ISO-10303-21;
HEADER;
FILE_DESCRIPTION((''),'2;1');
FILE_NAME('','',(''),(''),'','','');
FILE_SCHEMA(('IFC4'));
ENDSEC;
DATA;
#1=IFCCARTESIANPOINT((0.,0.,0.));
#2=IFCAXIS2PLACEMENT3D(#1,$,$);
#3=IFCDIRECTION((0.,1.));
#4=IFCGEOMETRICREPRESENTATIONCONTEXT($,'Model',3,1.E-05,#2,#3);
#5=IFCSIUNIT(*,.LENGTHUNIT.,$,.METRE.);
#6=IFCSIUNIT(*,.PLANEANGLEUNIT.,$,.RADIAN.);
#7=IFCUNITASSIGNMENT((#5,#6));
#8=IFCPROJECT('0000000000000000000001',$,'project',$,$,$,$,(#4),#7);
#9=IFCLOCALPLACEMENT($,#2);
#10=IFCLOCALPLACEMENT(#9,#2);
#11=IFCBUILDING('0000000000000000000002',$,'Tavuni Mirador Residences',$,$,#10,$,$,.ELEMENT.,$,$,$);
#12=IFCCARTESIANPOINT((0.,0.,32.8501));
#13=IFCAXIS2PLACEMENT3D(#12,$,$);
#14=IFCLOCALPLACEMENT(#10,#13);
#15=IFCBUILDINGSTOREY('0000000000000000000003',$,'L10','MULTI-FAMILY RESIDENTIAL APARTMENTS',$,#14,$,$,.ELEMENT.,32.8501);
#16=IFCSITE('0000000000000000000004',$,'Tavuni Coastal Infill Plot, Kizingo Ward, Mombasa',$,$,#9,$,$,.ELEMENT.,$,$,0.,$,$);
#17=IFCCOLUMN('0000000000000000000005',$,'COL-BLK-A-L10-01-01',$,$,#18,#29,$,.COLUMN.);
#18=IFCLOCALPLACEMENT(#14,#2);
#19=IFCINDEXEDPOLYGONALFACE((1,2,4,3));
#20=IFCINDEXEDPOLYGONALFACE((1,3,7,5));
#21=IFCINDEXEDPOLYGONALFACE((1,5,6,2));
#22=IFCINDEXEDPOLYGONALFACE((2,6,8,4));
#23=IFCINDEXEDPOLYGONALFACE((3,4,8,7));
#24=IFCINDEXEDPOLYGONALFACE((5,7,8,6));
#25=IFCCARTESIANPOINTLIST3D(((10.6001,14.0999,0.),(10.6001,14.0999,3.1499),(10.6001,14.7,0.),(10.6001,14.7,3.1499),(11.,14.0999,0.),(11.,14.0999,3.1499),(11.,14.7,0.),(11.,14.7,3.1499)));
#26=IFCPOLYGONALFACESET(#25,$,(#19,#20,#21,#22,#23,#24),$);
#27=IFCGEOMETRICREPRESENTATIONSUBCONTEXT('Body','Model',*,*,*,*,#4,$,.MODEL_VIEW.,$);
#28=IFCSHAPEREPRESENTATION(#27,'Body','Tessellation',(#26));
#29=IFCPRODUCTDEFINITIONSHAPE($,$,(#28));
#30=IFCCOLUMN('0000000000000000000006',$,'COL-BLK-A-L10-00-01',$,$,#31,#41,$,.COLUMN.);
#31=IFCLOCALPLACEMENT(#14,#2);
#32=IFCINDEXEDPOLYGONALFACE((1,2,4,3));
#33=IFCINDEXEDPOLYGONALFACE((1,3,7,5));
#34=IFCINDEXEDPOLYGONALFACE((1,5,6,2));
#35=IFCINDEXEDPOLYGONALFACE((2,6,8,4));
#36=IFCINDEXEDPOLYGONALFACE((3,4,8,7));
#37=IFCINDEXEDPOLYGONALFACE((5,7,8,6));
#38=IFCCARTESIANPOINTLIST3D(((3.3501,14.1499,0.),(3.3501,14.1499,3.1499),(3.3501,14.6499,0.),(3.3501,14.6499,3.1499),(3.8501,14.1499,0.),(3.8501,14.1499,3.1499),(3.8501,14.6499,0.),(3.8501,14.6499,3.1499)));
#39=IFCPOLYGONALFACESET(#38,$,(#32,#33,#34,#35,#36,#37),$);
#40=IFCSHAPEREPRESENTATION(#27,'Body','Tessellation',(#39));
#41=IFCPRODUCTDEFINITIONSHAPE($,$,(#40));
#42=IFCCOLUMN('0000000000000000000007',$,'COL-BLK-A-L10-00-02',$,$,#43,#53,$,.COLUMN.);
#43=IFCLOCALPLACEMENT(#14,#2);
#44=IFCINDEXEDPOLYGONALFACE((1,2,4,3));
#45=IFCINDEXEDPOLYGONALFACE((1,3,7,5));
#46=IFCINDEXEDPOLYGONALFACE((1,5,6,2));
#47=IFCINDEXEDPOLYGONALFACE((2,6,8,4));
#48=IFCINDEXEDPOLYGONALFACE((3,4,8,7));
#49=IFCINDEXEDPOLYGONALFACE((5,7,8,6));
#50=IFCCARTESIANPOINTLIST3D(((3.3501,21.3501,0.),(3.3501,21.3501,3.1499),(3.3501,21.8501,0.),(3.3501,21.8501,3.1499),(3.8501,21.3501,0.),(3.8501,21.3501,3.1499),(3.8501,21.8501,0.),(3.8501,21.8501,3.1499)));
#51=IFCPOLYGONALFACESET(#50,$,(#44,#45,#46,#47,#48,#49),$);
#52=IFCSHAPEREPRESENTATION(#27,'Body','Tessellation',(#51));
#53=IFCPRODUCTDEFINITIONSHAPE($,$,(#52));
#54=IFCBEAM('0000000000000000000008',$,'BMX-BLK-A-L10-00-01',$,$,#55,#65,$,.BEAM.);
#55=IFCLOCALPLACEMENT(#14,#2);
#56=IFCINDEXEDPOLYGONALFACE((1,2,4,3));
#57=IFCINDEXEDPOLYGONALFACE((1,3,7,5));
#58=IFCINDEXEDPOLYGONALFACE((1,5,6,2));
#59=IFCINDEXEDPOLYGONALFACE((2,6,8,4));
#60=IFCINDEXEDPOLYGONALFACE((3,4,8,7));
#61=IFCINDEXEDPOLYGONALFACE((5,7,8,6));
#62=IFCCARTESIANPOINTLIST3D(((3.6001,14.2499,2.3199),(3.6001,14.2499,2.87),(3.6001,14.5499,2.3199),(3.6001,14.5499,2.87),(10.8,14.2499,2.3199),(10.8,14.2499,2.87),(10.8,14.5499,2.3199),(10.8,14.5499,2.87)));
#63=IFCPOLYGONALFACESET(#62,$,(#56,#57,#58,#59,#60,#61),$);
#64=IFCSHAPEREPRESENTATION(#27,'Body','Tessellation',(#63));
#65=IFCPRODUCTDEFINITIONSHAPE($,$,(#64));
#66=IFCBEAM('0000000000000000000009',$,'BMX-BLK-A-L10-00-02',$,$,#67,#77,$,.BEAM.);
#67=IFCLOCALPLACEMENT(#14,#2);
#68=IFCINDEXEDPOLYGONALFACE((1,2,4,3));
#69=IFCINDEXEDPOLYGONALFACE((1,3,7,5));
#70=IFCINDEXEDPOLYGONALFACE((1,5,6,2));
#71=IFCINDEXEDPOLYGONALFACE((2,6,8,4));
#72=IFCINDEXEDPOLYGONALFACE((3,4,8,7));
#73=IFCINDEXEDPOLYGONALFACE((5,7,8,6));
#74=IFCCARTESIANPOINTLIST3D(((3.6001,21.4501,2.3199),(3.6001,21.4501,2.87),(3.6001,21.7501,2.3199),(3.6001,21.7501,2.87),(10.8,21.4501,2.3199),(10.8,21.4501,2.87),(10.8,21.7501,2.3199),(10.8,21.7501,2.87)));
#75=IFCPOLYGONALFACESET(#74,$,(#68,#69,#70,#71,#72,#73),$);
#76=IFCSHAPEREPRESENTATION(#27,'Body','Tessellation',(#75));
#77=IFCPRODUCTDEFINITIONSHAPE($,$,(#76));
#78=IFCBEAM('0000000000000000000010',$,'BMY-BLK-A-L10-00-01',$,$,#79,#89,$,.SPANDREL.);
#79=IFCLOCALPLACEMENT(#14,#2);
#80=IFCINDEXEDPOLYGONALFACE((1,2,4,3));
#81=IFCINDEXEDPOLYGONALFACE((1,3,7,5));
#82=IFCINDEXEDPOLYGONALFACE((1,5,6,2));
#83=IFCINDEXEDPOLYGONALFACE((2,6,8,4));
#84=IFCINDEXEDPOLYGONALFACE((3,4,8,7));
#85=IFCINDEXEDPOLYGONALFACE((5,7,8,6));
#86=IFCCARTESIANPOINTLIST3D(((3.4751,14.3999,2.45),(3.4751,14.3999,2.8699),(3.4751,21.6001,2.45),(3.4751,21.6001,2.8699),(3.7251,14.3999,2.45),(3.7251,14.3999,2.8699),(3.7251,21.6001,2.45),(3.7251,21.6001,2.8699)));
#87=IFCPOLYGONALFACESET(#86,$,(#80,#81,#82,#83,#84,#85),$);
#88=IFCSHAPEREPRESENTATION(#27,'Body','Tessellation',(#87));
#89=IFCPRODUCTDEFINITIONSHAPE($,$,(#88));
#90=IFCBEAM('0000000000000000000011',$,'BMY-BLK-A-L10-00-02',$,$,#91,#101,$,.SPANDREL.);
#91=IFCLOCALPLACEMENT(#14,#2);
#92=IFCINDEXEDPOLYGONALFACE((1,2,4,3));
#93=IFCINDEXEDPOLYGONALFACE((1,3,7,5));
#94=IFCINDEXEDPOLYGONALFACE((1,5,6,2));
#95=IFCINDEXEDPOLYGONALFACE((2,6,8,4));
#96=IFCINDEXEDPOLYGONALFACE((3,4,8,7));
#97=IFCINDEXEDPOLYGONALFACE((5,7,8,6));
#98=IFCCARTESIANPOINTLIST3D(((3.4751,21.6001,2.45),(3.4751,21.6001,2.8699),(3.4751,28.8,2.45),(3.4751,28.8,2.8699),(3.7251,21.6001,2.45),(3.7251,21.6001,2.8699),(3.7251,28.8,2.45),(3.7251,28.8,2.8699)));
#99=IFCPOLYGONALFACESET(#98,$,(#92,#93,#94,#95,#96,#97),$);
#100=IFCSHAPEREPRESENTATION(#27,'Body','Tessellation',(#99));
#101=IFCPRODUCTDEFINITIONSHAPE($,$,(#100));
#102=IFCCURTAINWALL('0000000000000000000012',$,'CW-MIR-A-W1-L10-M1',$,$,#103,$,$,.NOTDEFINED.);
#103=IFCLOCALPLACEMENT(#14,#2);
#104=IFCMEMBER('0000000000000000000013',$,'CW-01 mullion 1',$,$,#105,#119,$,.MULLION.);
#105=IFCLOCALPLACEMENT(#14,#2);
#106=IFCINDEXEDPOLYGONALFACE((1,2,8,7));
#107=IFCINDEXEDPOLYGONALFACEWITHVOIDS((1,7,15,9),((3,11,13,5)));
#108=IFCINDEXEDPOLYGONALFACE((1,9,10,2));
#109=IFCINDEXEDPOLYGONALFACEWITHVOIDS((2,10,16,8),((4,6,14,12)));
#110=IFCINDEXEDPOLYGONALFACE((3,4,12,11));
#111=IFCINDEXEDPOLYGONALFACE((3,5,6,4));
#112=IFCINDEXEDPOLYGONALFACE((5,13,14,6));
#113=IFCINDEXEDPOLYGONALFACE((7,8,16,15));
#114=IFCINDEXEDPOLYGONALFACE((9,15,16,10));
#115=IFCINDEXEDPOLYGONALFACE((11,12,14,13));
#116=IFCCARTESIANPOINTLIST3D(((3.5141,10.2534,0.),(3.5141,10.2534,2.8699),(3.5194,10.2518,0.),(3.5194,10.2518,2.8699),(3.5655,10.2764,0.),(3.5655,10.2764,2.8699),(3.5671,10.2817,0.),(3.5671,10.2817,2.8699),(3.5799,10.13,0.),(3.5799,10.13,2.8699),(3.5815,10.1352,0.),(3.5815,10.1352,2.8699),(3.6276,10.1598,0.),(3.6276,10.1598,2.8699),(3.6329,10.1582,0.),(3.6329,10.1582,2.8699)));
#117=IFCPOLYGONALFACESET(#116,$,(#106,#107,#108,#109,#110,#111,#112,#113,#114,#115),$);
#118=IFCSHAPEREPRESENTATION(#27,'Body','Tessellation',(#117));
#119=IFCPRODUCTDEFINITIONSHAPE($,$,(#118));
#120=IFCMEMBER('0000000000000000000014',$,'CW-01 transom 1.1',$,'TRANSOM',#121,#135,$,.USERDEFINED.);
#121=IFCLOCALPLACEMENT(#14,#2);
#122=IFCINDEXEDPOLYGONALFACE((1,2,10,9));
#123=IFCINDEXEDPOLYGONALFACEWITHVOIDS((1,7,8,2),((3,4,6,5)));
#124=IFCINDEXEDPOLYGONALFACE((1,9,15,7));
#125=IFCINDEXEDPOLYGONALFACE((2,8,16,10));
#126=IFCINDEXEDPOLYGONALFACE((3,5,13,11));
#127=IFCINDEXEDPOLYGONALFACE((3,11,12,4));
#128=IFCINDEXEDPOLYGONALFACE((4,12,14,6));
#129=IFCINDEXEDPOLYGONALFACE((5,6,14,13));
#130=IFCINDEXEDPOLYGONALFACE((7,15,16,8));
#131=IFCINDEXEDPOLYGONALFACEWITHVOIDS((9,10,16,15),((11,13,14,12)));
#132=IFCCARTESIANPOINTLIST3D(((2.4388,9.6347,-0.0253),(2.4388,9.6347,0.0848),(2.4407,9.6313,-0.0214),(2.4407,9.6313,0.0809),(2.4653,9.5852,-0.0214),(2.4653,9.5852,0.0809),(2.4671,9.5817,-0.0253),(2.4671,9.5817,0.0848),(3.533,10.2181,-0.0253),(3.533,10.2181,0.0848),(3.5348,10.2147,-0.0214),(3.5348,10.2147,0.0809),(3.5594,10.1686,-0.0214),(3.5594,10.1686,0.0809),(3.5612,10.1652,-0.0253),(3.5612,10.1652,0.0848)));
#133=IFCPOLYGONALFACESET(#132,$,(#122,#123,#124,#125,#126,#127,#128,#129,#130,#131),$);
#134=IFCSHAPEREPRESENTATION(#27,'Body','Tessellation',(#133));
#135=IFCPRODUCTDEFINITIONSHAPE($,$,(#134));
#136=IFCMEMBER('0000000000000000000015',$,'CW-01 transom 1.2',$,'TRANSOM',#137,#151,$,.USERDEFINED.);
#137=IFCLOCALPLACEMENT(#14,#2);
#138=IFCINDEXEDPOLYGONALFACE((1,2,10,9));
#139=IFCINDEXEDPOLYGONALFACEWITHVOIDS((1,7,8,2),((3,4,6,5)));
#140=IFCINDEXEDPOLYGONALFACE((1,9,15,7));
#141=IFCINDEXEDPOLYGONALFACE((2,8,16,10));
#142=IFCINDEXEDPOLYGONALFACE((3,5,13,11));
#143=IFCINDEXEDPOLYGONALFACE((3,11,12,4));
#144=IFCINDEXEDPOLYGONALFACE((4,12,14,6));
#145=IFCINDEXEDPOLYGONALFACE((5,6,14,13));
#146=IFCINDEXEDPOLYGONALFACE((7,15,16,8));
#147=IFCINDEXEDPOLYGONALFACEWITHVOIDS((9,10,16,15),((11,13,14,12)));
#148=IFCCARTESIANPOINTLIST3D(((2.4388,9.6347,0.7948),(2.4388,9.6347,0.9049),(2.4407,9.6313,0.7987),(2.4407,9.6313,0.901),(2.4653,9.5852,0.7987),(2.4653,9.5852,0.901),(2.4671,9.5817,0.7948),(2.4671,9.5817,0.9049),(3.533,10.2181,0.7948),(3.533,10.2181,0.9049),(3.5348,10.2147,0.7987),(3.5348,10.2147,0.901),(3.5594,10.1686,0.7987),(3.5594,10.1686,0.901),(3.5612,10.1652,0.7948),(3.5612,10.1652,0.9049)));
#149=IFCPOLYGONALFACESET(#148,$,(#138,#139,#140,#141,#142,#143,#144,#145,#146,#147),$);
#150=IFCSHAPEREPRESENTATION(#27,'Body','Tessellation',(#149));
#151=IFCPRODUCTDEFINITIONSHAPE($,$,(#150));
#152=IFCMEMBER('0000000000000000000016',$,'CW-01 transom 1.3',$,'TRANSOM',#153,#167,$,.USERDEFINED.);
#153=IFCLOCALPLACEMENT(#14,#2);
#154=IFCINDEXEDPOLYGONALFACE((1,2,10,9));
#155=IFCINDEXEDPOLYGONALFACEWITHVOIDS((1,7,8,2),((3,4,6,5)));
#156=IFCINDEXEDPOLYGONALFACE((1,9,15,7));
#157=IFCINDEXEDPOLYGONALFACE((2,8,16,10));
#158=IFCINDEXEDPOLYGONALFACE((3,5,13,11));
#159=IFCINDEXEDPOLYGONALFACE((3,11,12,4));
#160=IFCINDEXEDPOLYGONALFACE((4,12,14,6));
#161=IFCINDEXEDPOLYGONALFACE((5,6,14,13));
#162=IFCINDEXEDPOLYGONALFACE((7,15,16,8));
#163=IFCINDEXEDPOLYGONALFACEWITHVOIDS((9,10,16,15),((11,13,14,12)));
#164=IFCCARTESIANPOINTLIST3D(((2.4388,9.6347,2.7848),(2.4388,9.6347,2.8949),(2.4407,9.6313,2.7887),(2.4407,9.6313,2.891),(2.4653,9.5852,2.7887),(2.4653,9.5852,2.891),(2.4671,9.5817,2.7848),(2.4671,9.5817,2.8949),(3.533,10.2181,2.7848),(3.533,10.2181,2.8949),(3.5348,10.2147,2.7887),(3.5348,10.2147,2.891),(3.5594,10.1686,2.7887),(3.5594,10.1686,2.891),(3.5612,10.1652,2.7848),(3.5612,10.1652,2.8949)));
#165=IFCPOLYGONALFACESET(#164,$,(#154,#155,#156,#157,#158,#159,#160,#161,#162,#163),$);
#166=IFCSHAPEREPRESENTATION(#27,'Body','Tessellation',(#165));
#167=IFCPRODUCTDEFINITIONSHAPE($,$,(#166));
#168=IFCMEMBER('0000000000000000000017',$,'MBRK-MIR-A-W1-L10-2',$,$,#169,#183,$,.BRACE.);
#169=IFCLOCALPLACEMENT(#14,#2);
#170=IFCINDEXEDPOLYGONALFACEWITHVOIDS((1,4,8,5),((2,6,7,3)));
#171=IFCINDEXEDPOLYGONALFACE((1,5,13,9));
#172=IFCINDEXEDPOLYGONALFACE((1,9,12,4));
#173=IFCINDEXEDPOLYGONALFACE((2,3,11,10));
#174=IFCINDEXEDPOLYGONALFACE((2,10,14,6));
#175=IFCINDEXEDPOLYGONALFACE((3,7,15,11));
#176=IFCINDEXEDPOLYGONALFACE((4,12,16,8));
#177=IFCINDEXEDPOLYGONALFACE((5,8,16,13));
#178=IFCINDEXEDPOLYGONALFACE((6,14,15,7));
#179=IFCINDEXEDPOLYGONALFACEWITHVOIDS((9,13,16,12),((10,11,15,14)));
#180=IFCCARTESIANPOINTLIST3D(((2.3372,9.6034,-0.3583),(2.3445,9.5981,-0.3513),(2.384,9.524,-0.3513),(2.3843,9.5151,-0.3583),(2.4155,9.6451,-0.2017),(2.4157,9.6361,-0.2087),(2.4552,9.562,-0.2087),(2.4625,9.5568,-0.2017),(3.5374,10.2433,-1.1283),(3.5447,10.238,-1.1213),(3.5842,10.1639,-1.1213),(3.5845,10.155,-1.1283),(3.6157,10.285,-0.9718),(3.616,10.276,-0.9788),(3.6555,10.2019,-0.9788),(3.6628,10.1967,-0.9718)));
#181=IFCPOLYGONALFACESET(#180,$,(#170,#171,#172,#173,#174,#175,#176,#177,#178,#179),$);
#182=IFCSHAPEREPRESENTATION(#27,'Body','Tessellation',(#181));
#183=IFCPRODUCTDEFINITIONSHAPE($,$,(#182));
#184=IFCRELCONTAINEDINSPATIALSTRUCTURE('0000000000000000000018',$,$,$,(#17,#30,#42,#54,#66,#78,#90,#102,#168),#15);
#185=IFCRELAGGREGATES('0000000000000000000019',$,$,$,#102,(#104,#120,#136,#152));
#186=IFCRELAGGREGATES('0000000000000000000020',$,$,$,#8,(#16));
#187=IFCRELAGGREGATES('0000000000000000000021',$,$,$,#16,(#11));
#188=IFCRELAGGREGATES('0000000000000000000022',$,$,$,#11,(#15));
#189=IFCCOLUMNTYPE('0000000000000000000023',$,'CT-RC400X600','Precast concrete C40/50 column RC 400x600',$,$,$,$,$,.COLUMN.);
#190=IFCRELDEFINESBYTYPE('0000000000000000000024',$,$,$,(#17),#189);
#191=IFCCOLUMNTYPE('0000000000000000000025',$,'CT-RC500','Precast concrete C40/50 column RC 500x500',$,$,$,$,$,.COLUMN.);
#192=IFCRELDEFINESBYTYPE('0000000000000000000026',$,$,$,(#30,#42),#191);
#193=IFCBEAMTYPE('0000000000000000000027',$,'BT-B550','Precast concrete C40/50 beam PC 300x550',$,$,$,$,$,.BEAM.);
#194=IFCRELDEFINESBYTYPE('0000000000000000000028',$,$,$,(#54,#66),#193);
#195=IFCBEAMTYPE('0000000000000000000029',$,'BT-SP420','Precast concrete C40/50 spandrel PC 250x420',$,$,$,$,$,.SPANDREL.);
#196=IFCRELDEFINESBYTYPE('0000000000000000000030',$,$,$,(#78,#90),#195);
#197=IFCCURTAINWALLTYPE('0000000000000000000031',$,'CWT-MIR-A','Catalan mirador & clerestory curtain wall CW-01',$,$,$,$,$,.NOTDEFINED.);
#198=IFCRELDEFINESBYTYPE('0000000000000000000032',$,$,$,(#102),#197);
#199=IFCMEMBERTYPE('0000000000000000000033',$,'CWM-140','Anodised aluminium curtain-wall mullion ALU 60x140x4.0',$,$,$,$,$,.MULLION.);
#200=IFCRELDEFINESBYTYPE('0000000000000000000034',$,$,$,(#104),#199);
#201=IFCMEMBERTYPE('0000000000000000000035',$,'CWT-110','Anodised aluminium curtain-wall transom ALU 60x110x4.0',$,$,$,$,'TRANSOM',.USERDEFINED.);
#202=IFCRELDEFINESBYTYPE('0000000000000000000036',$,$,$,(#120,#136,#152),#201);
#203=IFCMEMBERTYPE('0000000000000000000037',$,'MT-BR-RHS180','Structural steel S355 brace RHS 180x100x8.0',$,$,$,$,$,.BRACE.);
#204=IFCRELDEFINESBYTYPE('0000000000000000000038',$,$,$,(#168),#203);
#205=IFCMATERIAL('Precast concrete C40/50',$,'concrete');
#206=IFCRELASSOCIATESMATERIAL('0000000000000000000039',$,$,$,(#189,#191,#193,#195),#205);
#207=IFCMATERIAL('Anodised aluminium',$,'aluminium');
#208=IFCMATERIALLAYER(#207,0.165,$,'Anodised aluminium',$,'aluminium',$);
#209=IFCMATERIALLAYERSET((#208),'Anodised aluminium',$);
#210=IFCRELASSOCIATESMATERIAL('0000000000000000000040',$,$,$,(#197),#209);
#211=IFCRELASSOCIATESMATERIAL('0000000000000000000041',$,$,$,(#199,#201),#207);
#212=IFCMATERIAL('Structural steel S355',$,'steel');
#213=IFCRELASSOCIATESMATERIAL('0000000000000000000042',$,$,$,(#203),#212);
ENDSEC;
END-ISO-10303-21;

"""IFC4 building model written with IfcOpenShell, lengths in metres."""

from ifc_helpers import new_model, si_unit, direction, frame, origin, origin_2d, place, context, subcontext, project, spatial, rectangle, hollow_rectangle, extrude, material, layer, layer_set, material_profile, profile_set, type_object, element, aggregate, save


model = new_model("IFC4")

# Units and contexts
model_context = context("Model", 3, precision=1e-05, world=origin(), true_north=direction((0.0, 1.0)))
body_context = subcontext(model_context, "Body", "Model", "MODEL_VIEW")
ifc_project = project(units=[si_unit("LENGTHUNIT", "METRE"), si_unit("PLANEANGLEUNIT", "RADIAN")], contexts=[model_context])

# Site, building, storey
site_placement = place(None, origin())
site = spatial("IfcSite", under=ifc_project, at=site_placement, Name="Tavuni Coastal Infill Plot, Kizingo Ward, Mombasa", CompositionType="ELEMENT", RefElevation=0.0)
building_placement = place(site_placement, origin())
building = spatial("IfcBuilding", under=site, at=building_placement, Name="Tavuni Mirador Residences", CompositionType="ELEMENT")
storey_placement = place(building_placement, frame((0.0, 0.0, 32.8501)))
storey = spatial("IfcBuildingStorey", under=building, at=storey_placement, Name="L10", Description="MULTI-FAMILY RESIDENTIAL APARTMENTS", CompositionType="ELEMENT", Elevation=32.8501)

# Columns
ifc_material_1 = material(Name="Precast concrete C40/50", Category="concrete")
ifc_material_profile_1 = material_profile(ifc_material_1, rectangle(XDim=0.3999, YDim=0.6001, at=origin_2d()), Name="RC 400x600", Category="concrete")
ifc_profile_set_1 = profile_set([ifc_material_profile_1], Name="Precast concrete C40/50")
column_type_1 = type_object("IfcColumnType", Name="CT-RC400X600", Description="Precast concrete C40/50 column RC 400x600", PredefinedType="COLUMN", material=ifc_profile_set_1)
column_placement = place(storey_placement, frame((10.8, 14.3999, 0.0), z_axis=(0.0, 0.0, 1.0), x_axis=(1.0, 0.0, 0.0)))
element("IfcColumn", 1, at=column_placement, inside=storey, type_object=column_type_1, Name="COL-BLK-A-L10-01-01", PredefinedType="COLUMN", context=body_context, shape_type="SweptSolid", body=[
    extrude(rectangle(XDim=0.3999, YDim=0.6001, at=origin_2d()), origin(), (0.0, 0.0, 1.0), 3.1499),
])
ifc_material_profile_2 = material_profile(ifc_material_1, rectangle(XDim=0.5, YDim=0.5, at=origin_2d()), Name="RC 500x500", Category="concrete")
ifc_profile_set_2 = profile_set([ifc_material_profile_2], Name="Precast concrete C40/50")
column_type_2 = type_object("IfcColumnType", Name="CT-RC500", Description="Precast concrete C40/50 column RC 500x500", PredefinedType="COLUMN", material=ifc_profile_set_2)
for number, where, z_axis, x_axis, name in (
    (2, (3.6001, 14.3999, 0.0), (0.0, 0.0, 1.0), (1.0, 0.0, 0.0), "COL-BLK-A-L10-00-01"),
    (3, (3.6001, 21.6001, 0.0), (0.0, 0.0, 1.0), (1.0, 0.0, 0.0), "COL-BLK-A-L10-00-02"),
):
    element("IfcColumn", number, at=place(storey_placement, frame(where, z_axis=z_axis, x_axis=x_axis)), inside=storey, type_object=column_type_2, Name=name, PredefinedType="COLUMN", context=body_context, shape_type="SweptSolid", body=[
        extrude(rectangle(XDim=0.5, YDim=0.5, at=origin_2d()), origin(), (0.0, 0.0, 1.0), 3.1499),
    ])

# Beams
ifc_material_profile_3 = material_profile(ifc_material_1, rectangle(XDim=0.3, YDim=0.55, at=origin_2d()), Name="PC 300x550", Category="concrete")
ifc_profile_set_3 = profile_set([ifc_material_profile_3], Name="Precast concrete C40/50")
beam_type_1 = type_object("IfcBeamType", Name="BT-B550", Description="Precast concrete C40/50 beam PC 300x550", PredefinedType="BEAM", material=ifc_profile_set_3)
for number, where, z_axis, x_axis, name in (
    (4, (3.6001, 14.3999, 2.595), (1.0, 0.0, 0.0), (0.0, 1.0, 0.0), "BMX-BLK-A-L10-00-01"),
    (5, (3.6001, 21.6001, 2.595), (1.0, 0.0, 0.0), (0.0, 1.0, 0.0), "BMX-BLK-A-L10-00-02"),
):
    element("IfcBeam", number, at=place(storey_placement, frame(where, z_axis=z_axis, x_axis=x_axis)), inside=storey, type_object=beam_type_1, Name=name, PredefinedType="BEAM", context=body_context, shape_type="SweptSolid", body=[
        extrude(rectangle(XDim=0.3, YDim=0.55, at=origin_2d()), origin(), (0.0, 0.0, 1.0), 7.2),
    ])
ifc_material_profile_4 = material_profile(ifc_material_1, rectangle(XDim=0.25, YDim=0.4199, at=origin_2d()), Name="PC 250x420", Category="concrete")
ifc_profile_set_4 = profile_set([ifc_material_profile_4], Name="Precast concrete C40/50")
beam_type_2 = type_object("IfcBeamType", Name="BT-SP420", Description="Precast concrete C40/50 spandrel PC 250x420", PredefinedType="SPANDREL", material=ifc_profile_set_4)
beam_1_placement = place(storey_placement, frame((3.6001, 14.3999, 2.6599), z_axis=(0.0, 1.0, 0.0), x_axis=(-1.0, 0.0, 0.0)))
element("IfcBeam", 6, at=beam_1_placement, inside=storey, type_object=beam_type_2, Name="BMY-BLK-A-L10-00-01", PredefinedType="SPANDREL", context=body_context, shape_type="SweptSolid", body=[
    extrude(rectangle(XDim=0.25, YDim=0.4199, at=origin_2d()), origin(), (0.0, 0.0, 1.0), 7.2002),
])
beam_2_placement = place(storey_placement, frame((3.6001, 21.6001, 2.6599), z_axis=(0.0, 1.0, 0.0), x_axis=(-1.0, 0.0, 0.0)))
element("IfcBeam", 7, at=beam_2_placement, inside=storey, type_object=beam_type_2, Name="BMY-BLK-A-L10-00-02", PredefinedType="SPANDREL", context=body_context, shape_type="SweptSolid", body=[
    extrude(rectangle(XDim=0.25, YDim=0.4199, at=origin_2d()), origin(), (0.0, 0.0, 1.0), 7.2),
])

# Curtain wall, members
ifc_material_2 = material(Name="Anodised aluminium", Category="aluminium")
ifc_layer_1 = layer(ifc_material_2, 0.165, Name="Anodised aluminium", Category="aluminium")
ifc_layer_set_1 = layer_set([ifc_layer_1], Name="Anodised aluminium")
curtain_wall_type = type_object("IfcCurtainWallType", Name="CWT-MIR-A", Description="Catalan mirador & clerestory curtain wall CW-01", PredefinedType="NOTDEFINED", material=ifc_layer_set_1)
curtain_wall_placement = place(storey_placement, origin())
curtain_wall = element("IfcCurtainWall", 8, at=curtain_wall_placement, inside=storey, type_object=curtain_wall_type, Name="CW-MIR-A-W1-L10-M1", PredefinedType="NOTDEFINED")
ifc_material_profile_5 = material_profile(ifc_material_2, hollow_rectangle(XDim=0.0601, YDim=0.1399, WallThickness=0.0039, at=origin_2d()), Name="ALU 60x140x4.0", Category="aluminium")
ifc_profile_set_5 = profile_set([ifc_material_profile_5], Name="Anodised aluminium")
member_type_1 = type_object("IfcMemberType", Name="CWM-140", Description="Anodised aluminium curtain-wall mullion ALU 60x140x4.0", PredefinedType="MULLION", material=ifc_profile_set_5)
member_1_placement = place(storey_placement, frame((3.5735, 10.2058, 0.0), z_axis=(0.0, 0.0, 1.0), x_axis=(-0.882353, -0.470588, 0.0)))
member_1 = element("IfcMember", 9, at=member_1_placement, type_object=member_type_1, Name="CW-01 mullion 1", PredefinedType="MULLION", context=body_context, shape_type="SweptSolid", body=[
    extrude(hollow_rectangle(XDim=0.0601, YDim=0.1399, WallThickness=0.0039, at=origin_2d()), origin(), (0.0, 0.0, 1.0), 2.8699),
])
ifc_material_profile_6 = material_profile(ifc_material_2, hollow_rectangle(XDim=0.0601, YDim=0.1101, WallThickness=0.0039, at=origin_2d()), Name="ALU 60x110x4.0", Category="aluminium")
ifc_profile_set_6 = profile_set([ifc_material_profile_6], Name="Anodised aluminium")
member_type_2 = type_object("IfcMemberType", Name="CWT-110", Description="Anodised aluminium curtain-wall transom ALU 60x110x4.0", ElementType="TRANSOM", PredefinedType="USERDEFINED", material=ifc_profile_set_6)
member_2_placement = place(storey_placement, frame((3.5471, 10.1917, 0.0298), z_axis=(-0.882386, -0.470527, 0.0), x_axis=(0.470527, -0.882386, 0.0)))
member_2 = element("IfcMember", 10, at=member_2_placement, type_object=member_type_2, Name="CW-01 transom 1.1", ObjectType="TRANSOM", PredefinedType="USERDEFINED", context=body_context, shape_type="SweptSolid", body=[
    extrude(hollow_rectangle(XDim=0.0601, YDim=0.1101, WallThickness=0.0039, at=origin_2d()), origin(), (0.0, 0.0, 1.0), 1.24),
])
member_3_placement = place(storey_placement, frame((3.5471, 10.1917, 0.8499), z_axis=(-0.882386, -0.470527, 0.0), x_axis=(0.470527, -0.882386, 0.0)))
member_3 = element("IfcMember", 11, at=member_3_placement, type_object=member_type_2, Name="CW-01 transom 1.2", ObjectType="TRANSOM", PredefinedType="USERDEFINED", context=body_context, shape_type="SweptSolid", body=[
    extrude(hollow_rectangle(XDim=0.0601, YDim=0.1101, WallThickness=0.0039, at=origin_2d()), origin(), (0.0, 0.0, 1.0), 1.24),
])
member_4_placement = place(storey_placement, frame((3.5471, 10.1917, 2.8398), z_axis=(-0.882386, -0.470527, 0.0), x_axis=(0.470527, -0.882386, 0.0)))
member_4 = element("IfcMember", 12, at=member_4_placement, type_object=member_type_2, Name="CW-01 transom 1.3", ObjectType="TRANSOM", PredefinedType="USERDEFINED", context=body_context, shape_type="SweptSolid", body=[
    extrude(hollow_rectangle(XDim=0.0601, YDim=0.1101, WallThickness=0.0039, at=origin_2d()), origin(), (0.0, 0.0, 1.0), 1.24),
])

# Member
ifc_material_3 = material(Name="Structural steel S355", Category="steel")
ifc_material_profile_7 = material_profile(ifc_material_3, hollow_rectangle(XDim=0.1001, YDim=0.1799, WallThickness=0.0081, at=origin_2d()), Name="RHS 180x100x8.0", Category="steel")
ifc_profile_set_7 = profile_set([ifc_material_profile_7], Name="Structural steel S355")
member_type_3 = type_object("IfcMemberType", Name="MT-BR-RHS180", Description="Structural steel S355 brace RHS 180x100x8.0", PredefinedType="BRACE", material=ifc_profile_set_7)
member_5_placement = place(storey_placement, frame((3.6001, 10.22, -1.05), z_axis=(-0.767896, -0.409409, 0.492666), x_axis=(0.470467, -0.882418, 0.0)))
element("IfcMember", 13, at=member_5_placement, inside=storey, type_object=member_type_3, Name="MBRK-MIR-A-W1-L10-2", PredefinedType="BRACE", context=body_context, shape_type="SweptSolid", body=[
    extrude(hollow_rectangle(XDim=0.1001, YDim=0.1799, WallThickness=0.0081, at=origin_2d()), origin(), (0.0, 0.0, 1.0), 1.563),
])

aggregate(curtain_wall, [member_1, member_2, member_3, member_4])

save(model, "model.ifc")
